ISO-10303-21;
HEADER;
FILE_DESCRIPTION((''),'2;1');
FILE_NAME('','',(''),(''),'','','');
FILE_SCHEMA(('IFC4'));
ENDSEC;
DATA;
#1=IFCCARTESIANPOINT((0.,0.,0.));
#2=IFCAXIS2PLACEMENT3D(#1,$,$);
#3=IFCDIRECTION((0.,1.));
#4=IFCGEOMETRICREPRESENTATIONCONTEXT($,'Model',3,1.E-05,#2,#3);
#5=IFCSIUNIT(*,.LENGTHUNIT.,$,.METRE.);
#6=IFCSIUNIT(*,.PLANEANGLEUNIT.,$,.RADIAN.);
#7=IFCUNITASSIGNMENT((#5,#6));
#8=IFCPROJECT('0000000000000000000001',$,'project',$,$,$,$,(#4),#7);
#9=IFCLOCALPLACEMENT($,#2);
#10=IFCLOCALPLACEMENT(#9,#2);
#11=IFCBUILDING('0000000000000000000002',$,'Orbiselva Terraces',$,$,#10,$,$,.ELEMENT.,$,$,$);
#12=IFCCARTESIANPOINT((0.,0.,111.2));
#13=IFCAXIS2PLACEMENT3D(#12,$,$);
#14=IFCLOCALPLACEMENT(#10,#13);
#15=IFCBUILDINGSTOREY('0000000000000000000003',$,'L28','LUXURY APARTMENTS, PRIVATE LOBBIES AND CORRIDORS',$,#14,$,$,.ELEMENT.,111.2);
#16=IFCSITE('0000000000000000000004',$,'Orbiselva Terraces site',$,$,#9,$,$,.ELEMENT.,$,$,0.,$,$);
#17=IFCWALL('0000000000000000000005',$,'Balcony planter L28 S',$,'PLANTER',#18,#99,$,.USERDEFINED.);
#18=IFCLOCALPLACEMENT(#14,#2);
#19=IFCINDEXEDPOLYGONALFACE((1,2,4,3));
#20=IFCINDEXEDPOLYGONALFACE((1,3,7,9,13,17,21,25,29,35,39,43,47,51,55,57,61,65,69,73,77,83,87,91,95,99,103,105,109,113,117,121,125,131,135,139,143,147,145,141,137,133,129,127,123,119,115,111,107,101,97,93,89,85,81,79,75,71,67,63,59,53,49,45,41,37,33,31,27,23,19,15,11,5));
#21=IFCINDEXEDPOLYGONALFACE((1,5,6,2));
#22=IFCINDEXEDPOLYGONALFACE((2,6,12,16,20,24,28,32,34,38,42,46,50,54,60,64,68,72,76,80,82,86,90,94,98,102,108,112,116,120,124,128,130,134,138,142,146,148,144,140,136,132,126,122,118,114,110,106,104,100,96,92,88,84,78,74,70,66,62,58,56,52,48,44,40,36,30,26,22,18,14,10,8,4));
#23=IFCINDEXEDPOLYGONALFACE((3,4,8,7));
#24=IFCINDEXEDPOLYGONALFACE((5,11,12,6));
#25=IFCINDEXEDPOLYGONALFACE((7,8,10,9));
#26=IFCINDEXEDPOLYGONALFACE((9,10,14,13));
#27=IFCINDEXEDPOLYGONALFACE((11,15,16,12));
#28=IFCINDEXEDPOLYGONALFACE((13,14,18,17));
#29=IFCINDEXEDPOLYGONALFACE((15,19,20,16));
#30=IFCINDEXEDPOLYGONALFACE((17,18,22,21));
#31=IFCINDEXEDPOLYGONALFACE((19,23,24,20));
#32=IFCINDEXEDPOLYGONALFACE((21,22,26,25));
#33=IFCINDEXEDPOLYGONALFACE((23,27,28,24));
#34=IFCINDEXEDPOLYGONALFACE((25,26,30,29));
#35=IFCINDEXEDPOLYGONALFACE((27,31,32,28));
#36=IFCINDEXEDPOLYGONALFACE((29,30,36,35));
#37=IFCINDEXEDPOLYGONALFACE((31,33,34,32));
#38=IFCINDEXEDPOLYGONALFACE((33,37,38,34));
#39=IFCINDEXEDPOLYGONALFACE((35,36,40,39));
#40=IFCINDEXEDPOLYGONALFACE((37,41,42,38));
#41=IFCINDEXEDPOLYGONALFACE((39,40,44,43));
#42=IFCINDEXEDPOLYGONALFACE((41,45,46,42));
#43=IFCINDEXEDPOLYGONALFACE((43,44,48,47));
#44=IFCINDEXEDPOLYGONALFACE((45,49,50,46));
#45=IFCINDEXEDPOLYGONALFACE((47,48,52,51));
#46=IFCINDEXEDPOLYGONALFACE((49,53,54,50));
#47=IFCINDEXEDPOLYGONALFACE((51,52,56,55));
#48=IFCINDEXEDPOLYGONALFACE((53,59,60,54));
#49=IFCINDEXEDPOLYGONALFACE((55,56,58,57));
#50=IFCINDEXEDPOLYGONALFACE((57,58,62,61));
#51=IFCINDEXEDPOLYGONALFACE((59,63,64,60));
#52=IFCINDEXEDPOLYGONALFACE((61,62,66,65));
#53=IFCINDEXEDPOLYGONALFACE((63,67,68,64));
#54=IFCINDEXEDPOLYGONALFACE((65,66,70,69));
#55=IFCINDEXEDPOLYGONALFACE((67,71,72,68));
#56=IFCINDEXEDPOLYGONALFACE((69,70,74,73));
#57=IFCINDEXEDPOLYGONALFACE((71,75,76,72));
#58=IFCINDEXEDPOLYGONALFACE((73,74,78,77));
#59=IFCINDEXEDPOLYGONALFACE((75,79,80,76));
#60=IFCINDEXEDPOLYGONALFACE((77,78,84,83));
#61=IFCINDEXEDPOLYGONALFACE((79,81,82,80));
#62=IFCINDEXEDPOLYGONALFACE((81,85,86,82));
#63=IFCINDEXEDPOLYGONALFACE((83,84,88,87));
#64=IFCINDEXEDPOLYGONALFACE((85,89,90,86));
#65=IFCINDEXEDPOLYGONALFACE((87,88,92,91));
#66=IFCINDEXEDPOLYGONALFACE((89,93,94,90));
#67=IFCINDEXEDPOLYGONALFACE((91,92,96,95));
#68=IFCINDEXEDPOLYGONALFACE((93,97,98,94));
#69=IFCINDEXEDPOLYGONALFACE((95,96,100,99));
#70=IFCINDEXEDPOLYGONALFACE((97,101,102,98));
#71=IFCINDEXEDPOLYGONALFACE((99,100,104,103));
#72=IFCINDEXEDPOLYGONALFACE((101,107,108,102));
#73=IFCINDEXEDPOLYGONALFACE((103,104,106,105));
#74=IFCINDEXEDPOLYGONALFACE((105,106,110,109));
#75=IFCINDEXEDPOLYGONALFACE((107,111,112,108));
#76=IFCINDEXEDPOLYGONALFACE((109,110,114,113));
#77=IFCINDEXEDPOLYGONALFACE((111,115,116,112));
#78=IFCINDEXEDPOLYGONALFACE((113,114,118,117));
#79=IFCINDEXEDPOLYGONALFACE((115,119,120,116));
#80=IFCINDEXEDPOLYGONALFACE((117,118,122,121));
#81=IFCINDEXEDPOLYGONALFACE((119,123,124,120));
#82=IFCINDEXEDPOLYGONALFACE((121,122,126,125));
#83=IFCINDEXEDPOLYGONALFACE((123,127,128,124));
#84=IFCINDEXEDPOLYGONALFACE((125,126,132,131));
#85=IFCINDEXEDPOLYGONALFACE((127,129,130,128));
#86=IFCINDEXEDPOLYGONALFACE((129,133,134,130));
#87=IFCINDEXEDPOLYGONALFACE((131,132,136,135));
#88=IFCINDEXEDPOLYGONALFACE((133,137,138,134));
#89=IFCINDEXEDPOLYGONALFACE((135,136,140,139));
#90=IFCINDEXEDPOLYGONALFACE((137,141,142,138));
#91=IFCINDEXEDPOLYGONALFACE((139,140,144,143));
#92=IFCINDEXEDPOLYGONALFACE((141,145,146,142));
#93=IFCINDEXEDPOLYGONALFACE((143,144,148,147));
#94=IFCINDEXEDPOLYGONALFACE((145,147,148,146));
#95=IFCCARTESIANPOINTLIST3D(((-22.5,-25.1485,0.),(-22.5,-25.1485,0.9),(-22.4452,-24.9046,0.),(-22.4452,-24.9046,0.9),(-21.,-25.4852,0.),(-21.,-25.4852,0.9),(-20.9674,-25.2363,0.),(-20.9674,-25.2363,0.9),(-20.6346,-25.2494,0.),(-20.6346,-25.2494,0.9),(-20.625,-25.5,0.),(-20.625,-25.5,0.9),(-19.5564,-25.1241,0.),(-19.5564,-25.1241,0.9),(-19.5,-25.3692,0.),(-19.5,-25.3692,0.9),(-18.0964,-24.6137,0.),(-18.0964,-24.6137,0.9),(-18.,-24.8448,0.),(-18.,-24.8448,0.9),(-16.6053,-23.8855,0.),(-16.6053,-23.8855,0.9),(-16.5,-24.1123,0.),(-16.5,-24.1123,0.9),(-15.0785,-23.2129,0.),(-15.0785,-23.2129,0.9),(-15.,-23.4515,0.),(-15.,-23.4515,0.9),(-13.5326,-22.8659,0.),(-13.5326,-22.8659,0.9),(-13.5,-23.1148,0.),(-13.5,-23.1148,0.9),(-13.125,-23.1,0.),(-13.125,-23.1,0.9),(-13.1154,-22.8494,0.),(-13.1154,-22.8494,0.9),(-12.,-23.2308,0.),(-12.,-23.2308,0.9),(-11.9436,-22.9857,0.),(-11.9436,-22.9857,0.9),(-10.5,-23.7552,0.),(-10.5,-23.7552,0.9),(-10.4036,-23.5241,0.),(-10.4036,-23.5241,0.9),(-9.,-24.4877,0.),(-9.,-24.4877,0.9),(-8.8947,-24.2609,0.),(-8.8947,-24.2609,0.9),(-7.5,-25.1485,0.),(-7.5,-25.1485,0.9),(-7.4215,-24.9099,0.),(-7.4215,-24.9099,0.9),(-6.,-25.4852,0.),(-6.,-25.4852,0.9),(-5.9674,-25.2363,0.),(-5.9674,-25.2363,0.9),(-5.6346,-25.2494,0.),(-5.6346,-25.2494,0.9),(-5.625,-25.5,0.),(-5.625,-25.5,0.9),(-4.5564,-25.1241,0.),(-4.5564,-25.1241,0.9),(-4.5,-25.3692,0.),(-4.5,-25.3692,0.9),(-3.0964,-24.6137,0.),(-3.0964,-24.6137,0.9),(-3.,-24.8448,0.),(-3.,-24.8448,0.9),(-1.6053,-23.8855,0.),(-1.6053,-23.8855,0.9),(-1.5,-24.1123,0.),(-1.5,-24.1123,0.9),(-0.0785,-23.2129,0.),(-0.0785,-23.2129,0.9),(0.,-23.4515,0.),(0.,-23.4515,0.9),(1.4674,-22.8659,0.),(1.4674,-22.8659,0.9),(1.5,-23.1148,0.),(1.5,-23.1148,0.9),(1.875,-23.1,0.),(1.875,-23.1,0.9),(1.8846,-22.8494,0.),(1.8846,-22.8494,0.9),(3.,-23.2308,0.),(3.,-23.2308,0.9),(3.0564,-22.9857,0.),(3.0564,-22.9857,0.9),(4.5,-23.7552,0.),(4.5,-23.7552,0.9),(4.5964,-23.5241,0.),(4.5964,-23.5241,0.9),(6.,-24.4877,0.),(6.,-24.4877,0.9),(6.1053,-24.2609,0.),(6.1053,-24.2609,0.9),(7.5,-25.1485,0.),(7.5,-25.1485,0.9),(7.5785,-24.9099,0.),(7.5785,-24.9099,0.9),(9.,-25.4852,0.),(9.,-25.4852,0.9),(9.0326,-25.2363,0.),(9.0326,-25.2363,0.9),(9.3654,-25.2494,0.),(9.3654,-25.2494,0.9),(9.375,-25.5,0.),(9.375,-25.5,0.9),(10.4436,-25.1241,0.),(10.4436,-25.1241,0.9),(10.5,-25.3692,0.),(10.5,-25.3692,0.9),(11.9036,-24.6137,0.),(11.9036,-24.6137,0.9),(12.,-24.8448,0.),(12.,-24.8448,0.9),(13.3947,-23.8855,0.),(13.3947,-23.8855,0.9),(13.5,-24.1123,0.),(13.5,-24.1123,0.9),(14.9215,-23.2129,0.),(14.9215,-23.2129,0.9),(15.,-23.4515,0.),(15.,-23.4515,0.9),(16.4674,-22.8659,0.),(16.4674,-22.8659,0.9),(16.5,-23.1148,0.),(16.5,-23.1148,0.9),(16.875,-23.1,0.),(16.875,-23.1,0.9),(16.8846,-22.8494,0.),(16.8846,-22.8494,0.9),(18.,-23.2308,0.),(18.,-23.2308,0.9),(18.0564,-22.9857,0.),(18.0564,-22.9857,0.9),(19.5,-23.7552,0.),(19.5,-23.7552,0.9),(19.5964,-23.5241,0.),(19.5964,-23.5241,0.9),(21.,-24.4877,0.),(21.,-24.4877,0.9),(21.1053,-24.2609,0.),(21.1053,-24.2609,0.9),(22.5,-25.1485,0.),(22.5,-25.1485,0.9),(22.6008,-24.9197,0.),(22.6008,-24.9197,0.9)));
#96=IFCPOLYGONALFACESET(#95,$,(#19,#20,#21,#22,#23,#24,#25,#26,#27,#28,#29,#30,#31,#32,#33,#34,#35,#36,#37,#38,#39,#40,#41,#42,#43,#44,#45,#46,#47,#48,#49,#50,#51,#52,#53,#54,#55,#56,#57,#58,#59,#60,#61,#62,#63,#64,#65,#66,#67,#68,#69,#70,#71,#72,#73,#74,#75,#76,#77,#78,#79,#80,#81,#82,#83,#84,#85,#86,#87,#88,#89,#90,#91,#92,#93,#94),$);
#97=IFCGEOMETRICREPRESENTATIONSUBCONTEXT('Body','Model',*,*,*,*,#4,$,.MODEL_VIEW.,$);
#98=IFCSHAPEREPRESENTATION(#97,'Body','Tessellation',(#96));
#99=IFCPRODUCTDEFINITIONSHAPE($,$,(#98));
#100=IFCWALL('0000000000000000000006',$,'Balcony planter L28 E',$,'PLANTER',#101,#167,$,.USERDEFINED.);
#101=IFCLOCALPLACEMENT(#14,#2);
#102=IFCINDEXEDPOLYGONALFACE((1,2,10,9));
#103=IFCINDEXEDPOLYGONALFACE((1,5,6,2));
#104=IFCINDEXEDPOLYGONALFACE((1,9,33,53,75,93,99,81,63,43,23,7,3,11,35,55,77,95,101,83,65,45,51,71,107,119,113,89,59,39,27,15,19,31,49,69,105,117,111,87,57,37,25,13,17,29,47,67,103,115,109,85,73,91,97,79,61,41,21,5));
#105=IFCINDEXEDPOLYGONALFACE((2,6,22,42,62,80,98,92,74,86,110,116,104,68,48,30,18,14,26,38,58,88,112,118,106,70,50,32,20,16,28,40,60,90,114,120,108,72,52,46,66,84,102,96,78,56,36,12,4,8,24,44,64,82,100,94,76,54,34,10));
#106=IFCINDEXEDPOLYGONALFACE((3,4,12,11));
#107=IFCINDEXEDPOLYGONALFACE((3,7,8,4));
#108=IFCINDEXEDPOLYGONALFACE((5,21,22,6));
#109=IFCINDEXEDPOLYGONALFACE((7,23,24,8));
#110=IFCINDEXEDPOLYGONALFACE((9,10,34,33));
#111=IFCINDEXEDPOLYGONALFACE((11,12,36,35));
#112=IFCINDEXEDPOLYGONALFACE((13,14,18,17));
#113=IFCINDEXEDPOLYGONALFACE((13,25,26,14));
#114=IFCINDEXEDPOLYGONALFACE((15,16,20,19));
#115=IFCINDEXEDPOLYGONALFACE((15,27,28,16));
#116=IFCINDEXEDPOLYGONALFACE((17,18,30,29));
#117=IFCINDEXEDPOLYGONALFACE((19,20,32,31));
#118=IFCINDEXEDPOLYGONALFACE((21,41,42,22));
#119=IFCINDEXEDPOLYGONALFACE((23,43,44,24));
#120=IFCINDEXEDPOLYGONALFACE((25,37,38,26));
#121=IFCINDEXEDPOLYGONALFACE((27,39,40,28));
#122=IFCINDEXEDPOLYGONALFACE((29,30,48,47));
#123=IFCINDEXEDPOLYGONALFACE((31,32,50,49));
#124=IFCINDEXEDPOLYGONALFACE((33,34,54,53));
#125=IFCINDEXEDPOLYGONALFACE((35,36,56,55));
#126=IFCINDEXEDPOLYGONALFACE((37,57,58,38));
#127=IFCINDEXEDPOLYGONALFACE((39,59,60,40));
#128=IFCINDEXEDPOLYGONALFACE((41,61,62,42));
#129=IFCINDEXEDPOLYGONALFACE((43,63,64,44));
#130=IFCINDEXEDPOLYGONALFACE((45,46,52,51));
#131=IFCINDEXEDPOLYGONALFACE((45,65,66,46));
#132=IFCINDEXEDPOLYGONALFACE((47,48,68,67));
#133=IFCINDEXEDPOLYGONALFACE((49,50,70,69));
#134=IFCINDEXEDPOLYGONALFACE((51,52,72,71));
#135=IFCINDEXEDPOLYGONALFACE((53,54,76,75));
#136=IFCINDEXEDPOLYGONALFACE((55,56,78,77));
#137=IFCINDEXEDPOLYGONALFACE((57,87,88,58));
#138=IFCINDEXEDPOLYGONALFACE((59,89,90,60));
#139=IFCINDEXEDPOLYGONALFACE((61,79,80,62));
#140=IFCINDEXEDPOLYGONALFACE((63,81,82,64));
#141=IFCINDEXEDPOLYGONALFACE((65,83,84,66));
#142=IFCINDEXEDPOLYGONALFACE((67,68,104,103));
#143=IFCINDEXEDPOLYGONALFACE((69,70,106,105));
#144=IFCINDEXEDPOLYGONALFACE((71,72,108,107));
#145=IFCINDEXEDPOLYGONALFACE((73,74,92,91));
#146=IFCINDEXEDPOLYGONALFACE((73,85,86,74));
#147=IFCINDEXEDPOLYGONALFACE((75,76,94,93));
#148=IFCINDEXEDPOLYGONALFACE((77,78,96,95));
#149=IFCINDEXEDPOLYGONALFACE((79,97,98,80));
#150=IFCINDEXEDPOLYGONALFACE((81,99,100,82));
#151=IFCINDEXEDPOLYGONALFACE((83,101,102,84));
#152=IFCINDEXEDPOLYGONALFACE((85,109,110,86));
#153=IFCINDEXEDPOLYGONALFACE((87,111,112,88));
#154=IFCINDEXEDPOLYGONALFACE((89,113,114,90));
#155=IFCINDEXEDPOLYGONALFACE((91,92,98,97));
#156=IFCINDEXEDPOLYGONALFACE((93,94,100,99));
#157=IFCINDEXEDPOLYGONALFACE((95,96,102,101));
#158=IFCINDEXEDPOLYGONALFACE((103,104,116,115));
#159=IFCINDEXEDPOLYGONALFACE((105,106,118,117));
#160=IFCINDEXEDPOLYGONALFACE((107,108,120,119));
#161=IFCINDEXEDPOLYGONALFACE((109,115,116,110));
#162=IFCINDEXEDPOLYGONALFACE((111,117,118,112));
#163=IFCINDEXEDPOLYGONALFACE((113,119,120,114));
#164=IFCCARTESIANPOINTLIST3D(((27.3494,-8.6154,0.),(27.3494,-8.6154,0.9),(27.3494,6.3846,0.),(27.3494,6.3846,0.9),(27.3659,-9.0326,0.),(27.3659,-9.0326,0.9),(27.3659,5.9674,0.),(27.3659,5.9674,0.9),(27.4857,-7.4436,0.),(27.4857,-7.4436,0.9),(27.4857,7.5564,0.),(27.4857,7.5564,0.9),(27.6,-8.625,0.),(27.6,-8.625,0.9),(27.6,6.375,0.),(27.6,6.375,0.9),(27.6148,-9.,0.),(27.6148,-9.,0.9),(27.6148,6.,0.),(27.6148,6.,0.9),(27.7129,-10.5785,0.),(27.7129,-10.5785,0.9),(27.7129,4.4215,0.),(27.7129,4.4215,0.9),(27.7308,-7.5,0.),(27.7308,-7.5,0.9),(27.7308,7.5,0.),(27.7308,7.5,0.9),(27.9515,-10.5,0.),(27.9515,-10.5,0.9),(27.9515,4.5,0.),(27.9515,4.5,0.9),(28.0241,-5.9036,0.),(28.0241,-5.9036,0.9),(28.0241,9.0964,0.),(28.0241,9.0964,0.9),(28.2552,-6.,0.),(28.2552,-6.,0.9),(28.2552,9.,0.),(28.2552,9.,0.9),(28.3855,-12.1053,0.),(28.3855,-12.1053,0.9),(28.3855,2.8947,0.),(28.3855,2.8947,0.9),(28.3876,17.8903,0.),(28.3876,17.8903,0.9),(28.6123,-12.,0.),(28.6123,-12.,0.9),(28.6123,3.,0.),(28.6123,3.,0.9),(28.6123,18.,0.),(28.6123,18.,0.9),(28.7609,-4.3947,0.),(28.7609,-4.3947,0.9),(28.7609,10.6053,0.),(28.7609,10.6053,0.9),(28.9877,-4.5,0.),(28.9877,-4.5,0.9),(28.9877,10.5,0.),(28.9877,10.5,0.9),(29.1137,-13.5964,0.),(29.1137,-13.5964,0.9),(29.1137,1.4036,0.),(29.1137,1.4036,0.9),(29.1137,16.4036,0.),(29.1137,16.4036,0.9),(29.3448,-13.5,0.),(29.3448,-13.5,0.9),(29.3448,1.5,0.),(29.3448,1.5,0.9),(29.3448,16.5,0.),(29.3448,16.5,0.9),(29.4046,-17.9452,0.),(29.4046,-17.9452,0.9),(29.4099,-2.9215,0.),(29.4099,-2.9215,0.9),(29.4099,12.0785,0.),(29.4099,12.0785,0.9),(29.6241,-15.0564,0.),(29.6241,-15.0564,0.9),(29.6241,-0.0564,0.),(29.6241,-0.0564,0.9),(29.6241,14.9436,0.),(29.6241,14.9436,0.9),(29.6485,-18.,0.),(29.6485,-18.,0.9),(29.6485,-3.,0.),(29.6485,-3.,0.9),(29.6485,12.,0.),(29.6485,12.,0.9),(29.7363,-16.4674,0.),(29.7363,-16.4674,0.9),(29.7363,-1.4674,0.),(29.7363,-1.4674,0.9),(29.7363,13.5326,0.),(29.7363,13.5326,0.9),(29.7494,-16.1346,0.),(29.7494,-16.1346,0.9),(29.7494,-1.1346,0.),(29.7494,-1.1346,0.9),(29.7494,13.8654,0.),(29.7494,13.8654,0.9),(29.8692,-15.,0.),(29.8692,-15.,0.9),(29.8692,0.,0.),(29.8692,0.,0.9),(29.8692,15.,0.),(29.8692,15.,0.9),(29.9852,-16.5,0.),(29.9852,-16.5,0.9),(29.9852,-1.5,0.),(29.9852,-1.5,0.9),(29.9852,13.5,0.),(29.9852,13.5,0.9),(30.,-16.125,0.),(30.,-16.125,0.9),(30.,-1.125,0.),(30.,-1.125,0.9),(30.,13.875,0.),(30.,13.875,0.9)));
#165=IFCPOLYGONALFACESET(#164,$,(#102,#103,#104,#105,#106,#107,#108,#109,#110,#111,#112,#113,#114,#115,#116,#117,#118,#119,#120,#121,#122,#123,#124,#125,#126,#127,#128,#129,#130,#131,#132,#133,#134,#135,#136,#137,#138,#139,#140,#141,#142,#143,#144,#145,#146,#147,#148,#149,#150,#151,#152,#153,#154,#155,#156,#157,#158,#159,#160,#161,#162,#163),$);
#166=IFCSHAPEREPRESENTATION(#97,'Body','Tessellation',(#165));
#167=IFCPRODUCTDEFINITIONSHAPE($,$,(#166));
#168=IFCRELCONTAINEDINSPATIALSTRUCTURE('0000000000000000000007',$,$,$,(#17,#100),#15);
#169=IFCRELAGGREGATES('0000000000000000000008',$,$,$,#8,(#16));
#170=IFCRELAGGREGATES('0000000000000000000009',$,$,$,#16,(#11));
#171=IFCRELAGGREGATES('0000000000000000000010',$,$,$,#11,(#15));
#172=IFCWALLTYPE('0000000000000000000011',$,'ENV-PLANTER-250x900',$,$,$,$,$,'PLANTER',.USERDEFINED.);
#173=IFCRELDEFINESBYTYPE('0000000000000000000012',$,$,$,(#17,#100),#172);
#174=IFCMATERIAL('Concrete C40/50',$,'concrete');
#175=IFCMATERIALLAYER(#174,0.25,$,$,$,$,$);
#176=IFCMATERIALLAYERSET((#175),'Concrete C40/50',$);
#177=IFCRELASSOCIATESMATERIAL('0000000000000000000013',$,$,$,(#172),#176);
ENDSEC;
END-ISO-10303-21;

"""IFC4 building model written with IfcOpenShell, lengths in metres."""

from ifc_helpers import new_model, si_unit, direction, frame, origin, place, context, subcontext, project, spatial, polyline, outline, extrude, material, layer, layer_set, type_object, element, save


model = new_model("IFC4")

# Units and contexts
model_context = context("Model", 3, precision=1e-05, world=origin(), true_north=direction((0.0, 1.0)))
body_context = subcontext(model_context, "Body", "Model", "MODEL_VIEW")
ifc_project = project(units=[si_unit("LENGTHUNIT", "METRE"), si_unit("PLANEANGLEUNIT", "RADIAN")], contexts=[model_context])

# Site, building, storey
site_placement = place(None, origin())
site = spatial("IfcSite", under=ifc_project, at=site_placement, Name="Orbiselva Terraces site", CompositionType="ELEMENT", RefElevation=0.0)
building_placement = place(site_placement, origin())
building = spatial("IfcBuilding", under=site, at=building_placement, Name="Orbiselva Terraces", CompositionType="ELEMENT")
storey_placement = place(building_placement, frame((0.0, 0.0, 111.2)))
storey = spatial("IfcBuildingStorey", under=building, at=storey_placement, Name="L28", Description="LUXURY APARTMENTS, PRIVATE LOBBIES AND CORRIDORS", CompositionType="ELEMENT", Elevation=111.2)

# Shared definitions
ifc_material_1 = material(Name="Concrete C40/50", Category="concrete")

# Walls
ifc_layer_1 = layer(ifc_material_1, 0.25)
ifc_layer_set_1 = layer_set([ifc_layer_1], Name="Concrete C40/50")
wall_type = type_object("IfcWallType", Name="ENV-PLANTER-250x900", ElementType="PLANTER", PredefinedType="USERDEFINED", material=ifc_layer_set_1)
wall_1_placement = place(storey_placement, origin())
element("IfcWall", 1, at=wall_1_placement, inside=storey, type_object=wall_type, Name="Balcony planter L28 S", ObjectType="PLANTER", PredefinedType="USERDEFINED", context=body_context, shape_type="SweptSolid", body=[
    extrude(outline(polyline([(-22.5, -25.1485), (-21.0, -25.4852), (-20.625, -25.5), (-19.5, -25.3692), (-18.0, -24.8448), (-16.5, -24.1123), (-15.0, -23.4515), (-13.5, -23.1148), (-13.125, -23.1), (-12.0, -23.2308), (-10.5, -23.7552), (-9.0, -24.4877), (-7.5, -25.1485), (-6.0, -25.4852), (-5.625, -25.5), (-4.5, -25.3692), (-3.0, -24.8448), (-1.5, -24.1123), (0.0, -23.4515), (1.5, -23.1148), (1.875, -23.1), (3.0, -23.2308), (4.5, -23.7552), (6.0, -24.4877), (7.5, -25.1485), (9.0, -25.4852), (9.375, -25.5), (10.5, -25.3692), (12.0, -24.8448), (13.5, -24.1123), (15.0, -23.4515), (16.5, -23.1148), (16.875, -23.1), (18.0, -23.2308), (19.5, -23.7552), (21.0, -24.4877), (22.5, -25.1485), (22.6008, -24.9197), (21.1053, -24.2609), (19.5964, -23.5241), (18.0564, -22.9857), (16.8846, -22.8494), (16.4674, -22.8659), (14.9215, -23.2129), (13.3947, -23.8855), (11.9036, -24.6137), (10.4436, -25.1241), (9.3654, -25.2494), (9.0326, -25.2363), (7.5785, -24.9099), (6.1053, -24.2609), (4.5964, -23.5241), (3.0564, -22.9857), (1.8846, -22.8494), (1.4674, -22.8659), (-0.0785, -23.2129), (-1.6053, -23.8855), (-3.0964, -24.6137), (-4.5564, -25.1241), (-5.6346, -25.2494), (-5.9674, -25.2363), (-7.4215, -24.9099), (-8.8947, -24.2609), (-10.4036, -23.5241), (-11.9436, -22.9857), (-13.1154, -22.8494), (-13.5326, -22.8659), (-15.0785, -23.2129), (-16.6053, -23.8855), (-18.0964, -24.6137), (-19.5564, -25.1241), (-20.6346, -25.2494), (-20.9674, -25.2363), (-22.4452, -24.9046), (-22.5, -25.1485)])), origin(), (0.0, 0.0, 1.0), 0.9),
])
wall_2_placement = place(storey_placement, origin())
element("IfcWall", 2, at=wall_2_placement, inside=storey, type_object=wall_type, Name="Balcony planter L28 E", ObjectType="PLANTER", PredefinedType="USERDEFINED", context=body_context, shape_type="SweptSolid", body=[
    extrude(outline(polyline([(29.6485, -18.0), (29.9852, -16.5), (30.0, -16.125), (29.8692, -15.0), (29.3448, -13.5), (28.6123, -12.0), (27.9515, -10.5), (27.6148, -9.0), (27.6, -8.625), (27.7308, -7.5), (28.2552, -6.0), (28.9877, -4.5), (29.6485, -3.0), (29.9852, -1.5), (30.0, -1.125), (29.8692, 0.0), (29.3448, 1.5), (28.6123, 3.0), (27.9515, 4.5), (27.6148, 6.0), (27.6, 6.375), (27.7308, 7.5), (28.2552, 9.0), (28.9877, 10.5), (29.6485, 12.0), (29.9852, 13.5), (30.0, 13.875), (29.8692, 15.0), (29.3448, 16.5), (28.6123, 18.0), (28.3876, 17.8903), (29.1137, 16.4036), (29.6241, 14.9436), (29.7494, 13.8654), (29.7363, 13.5326), (29.4099, 12.0785), (28.7609, 10.6053), (28.0241, 9.0964), (27.4857, 7.5564), (27.3494, 6.3846), (27.3659, 5.9674), (27.7129, 4.4215), (28.3855, 2.8947), (29.1137, 1.4036), (29.6241, -0.0564), (29.7494, -1.1346), (29.7363, -1.4674), (29.4099, -2.9215), (28.7609, -4.3947), (28.0241, -5.9036), (27.4857, -7.4436), (27.3494, -8.6154), (27.3659, -9.0326), (27.7129, -10.5785), (28.3855, -12.1053), (29.1137, -13.5964), (29.6241, -15.0564), (29.7494, -16.1346), (29.7363, -16.4674), (29.4046, -17.9452), (29.6485, -18.0)])), origin(), (0.0, 0.0, 1.0), 0.9),
])

save(model, "model.ifc")
